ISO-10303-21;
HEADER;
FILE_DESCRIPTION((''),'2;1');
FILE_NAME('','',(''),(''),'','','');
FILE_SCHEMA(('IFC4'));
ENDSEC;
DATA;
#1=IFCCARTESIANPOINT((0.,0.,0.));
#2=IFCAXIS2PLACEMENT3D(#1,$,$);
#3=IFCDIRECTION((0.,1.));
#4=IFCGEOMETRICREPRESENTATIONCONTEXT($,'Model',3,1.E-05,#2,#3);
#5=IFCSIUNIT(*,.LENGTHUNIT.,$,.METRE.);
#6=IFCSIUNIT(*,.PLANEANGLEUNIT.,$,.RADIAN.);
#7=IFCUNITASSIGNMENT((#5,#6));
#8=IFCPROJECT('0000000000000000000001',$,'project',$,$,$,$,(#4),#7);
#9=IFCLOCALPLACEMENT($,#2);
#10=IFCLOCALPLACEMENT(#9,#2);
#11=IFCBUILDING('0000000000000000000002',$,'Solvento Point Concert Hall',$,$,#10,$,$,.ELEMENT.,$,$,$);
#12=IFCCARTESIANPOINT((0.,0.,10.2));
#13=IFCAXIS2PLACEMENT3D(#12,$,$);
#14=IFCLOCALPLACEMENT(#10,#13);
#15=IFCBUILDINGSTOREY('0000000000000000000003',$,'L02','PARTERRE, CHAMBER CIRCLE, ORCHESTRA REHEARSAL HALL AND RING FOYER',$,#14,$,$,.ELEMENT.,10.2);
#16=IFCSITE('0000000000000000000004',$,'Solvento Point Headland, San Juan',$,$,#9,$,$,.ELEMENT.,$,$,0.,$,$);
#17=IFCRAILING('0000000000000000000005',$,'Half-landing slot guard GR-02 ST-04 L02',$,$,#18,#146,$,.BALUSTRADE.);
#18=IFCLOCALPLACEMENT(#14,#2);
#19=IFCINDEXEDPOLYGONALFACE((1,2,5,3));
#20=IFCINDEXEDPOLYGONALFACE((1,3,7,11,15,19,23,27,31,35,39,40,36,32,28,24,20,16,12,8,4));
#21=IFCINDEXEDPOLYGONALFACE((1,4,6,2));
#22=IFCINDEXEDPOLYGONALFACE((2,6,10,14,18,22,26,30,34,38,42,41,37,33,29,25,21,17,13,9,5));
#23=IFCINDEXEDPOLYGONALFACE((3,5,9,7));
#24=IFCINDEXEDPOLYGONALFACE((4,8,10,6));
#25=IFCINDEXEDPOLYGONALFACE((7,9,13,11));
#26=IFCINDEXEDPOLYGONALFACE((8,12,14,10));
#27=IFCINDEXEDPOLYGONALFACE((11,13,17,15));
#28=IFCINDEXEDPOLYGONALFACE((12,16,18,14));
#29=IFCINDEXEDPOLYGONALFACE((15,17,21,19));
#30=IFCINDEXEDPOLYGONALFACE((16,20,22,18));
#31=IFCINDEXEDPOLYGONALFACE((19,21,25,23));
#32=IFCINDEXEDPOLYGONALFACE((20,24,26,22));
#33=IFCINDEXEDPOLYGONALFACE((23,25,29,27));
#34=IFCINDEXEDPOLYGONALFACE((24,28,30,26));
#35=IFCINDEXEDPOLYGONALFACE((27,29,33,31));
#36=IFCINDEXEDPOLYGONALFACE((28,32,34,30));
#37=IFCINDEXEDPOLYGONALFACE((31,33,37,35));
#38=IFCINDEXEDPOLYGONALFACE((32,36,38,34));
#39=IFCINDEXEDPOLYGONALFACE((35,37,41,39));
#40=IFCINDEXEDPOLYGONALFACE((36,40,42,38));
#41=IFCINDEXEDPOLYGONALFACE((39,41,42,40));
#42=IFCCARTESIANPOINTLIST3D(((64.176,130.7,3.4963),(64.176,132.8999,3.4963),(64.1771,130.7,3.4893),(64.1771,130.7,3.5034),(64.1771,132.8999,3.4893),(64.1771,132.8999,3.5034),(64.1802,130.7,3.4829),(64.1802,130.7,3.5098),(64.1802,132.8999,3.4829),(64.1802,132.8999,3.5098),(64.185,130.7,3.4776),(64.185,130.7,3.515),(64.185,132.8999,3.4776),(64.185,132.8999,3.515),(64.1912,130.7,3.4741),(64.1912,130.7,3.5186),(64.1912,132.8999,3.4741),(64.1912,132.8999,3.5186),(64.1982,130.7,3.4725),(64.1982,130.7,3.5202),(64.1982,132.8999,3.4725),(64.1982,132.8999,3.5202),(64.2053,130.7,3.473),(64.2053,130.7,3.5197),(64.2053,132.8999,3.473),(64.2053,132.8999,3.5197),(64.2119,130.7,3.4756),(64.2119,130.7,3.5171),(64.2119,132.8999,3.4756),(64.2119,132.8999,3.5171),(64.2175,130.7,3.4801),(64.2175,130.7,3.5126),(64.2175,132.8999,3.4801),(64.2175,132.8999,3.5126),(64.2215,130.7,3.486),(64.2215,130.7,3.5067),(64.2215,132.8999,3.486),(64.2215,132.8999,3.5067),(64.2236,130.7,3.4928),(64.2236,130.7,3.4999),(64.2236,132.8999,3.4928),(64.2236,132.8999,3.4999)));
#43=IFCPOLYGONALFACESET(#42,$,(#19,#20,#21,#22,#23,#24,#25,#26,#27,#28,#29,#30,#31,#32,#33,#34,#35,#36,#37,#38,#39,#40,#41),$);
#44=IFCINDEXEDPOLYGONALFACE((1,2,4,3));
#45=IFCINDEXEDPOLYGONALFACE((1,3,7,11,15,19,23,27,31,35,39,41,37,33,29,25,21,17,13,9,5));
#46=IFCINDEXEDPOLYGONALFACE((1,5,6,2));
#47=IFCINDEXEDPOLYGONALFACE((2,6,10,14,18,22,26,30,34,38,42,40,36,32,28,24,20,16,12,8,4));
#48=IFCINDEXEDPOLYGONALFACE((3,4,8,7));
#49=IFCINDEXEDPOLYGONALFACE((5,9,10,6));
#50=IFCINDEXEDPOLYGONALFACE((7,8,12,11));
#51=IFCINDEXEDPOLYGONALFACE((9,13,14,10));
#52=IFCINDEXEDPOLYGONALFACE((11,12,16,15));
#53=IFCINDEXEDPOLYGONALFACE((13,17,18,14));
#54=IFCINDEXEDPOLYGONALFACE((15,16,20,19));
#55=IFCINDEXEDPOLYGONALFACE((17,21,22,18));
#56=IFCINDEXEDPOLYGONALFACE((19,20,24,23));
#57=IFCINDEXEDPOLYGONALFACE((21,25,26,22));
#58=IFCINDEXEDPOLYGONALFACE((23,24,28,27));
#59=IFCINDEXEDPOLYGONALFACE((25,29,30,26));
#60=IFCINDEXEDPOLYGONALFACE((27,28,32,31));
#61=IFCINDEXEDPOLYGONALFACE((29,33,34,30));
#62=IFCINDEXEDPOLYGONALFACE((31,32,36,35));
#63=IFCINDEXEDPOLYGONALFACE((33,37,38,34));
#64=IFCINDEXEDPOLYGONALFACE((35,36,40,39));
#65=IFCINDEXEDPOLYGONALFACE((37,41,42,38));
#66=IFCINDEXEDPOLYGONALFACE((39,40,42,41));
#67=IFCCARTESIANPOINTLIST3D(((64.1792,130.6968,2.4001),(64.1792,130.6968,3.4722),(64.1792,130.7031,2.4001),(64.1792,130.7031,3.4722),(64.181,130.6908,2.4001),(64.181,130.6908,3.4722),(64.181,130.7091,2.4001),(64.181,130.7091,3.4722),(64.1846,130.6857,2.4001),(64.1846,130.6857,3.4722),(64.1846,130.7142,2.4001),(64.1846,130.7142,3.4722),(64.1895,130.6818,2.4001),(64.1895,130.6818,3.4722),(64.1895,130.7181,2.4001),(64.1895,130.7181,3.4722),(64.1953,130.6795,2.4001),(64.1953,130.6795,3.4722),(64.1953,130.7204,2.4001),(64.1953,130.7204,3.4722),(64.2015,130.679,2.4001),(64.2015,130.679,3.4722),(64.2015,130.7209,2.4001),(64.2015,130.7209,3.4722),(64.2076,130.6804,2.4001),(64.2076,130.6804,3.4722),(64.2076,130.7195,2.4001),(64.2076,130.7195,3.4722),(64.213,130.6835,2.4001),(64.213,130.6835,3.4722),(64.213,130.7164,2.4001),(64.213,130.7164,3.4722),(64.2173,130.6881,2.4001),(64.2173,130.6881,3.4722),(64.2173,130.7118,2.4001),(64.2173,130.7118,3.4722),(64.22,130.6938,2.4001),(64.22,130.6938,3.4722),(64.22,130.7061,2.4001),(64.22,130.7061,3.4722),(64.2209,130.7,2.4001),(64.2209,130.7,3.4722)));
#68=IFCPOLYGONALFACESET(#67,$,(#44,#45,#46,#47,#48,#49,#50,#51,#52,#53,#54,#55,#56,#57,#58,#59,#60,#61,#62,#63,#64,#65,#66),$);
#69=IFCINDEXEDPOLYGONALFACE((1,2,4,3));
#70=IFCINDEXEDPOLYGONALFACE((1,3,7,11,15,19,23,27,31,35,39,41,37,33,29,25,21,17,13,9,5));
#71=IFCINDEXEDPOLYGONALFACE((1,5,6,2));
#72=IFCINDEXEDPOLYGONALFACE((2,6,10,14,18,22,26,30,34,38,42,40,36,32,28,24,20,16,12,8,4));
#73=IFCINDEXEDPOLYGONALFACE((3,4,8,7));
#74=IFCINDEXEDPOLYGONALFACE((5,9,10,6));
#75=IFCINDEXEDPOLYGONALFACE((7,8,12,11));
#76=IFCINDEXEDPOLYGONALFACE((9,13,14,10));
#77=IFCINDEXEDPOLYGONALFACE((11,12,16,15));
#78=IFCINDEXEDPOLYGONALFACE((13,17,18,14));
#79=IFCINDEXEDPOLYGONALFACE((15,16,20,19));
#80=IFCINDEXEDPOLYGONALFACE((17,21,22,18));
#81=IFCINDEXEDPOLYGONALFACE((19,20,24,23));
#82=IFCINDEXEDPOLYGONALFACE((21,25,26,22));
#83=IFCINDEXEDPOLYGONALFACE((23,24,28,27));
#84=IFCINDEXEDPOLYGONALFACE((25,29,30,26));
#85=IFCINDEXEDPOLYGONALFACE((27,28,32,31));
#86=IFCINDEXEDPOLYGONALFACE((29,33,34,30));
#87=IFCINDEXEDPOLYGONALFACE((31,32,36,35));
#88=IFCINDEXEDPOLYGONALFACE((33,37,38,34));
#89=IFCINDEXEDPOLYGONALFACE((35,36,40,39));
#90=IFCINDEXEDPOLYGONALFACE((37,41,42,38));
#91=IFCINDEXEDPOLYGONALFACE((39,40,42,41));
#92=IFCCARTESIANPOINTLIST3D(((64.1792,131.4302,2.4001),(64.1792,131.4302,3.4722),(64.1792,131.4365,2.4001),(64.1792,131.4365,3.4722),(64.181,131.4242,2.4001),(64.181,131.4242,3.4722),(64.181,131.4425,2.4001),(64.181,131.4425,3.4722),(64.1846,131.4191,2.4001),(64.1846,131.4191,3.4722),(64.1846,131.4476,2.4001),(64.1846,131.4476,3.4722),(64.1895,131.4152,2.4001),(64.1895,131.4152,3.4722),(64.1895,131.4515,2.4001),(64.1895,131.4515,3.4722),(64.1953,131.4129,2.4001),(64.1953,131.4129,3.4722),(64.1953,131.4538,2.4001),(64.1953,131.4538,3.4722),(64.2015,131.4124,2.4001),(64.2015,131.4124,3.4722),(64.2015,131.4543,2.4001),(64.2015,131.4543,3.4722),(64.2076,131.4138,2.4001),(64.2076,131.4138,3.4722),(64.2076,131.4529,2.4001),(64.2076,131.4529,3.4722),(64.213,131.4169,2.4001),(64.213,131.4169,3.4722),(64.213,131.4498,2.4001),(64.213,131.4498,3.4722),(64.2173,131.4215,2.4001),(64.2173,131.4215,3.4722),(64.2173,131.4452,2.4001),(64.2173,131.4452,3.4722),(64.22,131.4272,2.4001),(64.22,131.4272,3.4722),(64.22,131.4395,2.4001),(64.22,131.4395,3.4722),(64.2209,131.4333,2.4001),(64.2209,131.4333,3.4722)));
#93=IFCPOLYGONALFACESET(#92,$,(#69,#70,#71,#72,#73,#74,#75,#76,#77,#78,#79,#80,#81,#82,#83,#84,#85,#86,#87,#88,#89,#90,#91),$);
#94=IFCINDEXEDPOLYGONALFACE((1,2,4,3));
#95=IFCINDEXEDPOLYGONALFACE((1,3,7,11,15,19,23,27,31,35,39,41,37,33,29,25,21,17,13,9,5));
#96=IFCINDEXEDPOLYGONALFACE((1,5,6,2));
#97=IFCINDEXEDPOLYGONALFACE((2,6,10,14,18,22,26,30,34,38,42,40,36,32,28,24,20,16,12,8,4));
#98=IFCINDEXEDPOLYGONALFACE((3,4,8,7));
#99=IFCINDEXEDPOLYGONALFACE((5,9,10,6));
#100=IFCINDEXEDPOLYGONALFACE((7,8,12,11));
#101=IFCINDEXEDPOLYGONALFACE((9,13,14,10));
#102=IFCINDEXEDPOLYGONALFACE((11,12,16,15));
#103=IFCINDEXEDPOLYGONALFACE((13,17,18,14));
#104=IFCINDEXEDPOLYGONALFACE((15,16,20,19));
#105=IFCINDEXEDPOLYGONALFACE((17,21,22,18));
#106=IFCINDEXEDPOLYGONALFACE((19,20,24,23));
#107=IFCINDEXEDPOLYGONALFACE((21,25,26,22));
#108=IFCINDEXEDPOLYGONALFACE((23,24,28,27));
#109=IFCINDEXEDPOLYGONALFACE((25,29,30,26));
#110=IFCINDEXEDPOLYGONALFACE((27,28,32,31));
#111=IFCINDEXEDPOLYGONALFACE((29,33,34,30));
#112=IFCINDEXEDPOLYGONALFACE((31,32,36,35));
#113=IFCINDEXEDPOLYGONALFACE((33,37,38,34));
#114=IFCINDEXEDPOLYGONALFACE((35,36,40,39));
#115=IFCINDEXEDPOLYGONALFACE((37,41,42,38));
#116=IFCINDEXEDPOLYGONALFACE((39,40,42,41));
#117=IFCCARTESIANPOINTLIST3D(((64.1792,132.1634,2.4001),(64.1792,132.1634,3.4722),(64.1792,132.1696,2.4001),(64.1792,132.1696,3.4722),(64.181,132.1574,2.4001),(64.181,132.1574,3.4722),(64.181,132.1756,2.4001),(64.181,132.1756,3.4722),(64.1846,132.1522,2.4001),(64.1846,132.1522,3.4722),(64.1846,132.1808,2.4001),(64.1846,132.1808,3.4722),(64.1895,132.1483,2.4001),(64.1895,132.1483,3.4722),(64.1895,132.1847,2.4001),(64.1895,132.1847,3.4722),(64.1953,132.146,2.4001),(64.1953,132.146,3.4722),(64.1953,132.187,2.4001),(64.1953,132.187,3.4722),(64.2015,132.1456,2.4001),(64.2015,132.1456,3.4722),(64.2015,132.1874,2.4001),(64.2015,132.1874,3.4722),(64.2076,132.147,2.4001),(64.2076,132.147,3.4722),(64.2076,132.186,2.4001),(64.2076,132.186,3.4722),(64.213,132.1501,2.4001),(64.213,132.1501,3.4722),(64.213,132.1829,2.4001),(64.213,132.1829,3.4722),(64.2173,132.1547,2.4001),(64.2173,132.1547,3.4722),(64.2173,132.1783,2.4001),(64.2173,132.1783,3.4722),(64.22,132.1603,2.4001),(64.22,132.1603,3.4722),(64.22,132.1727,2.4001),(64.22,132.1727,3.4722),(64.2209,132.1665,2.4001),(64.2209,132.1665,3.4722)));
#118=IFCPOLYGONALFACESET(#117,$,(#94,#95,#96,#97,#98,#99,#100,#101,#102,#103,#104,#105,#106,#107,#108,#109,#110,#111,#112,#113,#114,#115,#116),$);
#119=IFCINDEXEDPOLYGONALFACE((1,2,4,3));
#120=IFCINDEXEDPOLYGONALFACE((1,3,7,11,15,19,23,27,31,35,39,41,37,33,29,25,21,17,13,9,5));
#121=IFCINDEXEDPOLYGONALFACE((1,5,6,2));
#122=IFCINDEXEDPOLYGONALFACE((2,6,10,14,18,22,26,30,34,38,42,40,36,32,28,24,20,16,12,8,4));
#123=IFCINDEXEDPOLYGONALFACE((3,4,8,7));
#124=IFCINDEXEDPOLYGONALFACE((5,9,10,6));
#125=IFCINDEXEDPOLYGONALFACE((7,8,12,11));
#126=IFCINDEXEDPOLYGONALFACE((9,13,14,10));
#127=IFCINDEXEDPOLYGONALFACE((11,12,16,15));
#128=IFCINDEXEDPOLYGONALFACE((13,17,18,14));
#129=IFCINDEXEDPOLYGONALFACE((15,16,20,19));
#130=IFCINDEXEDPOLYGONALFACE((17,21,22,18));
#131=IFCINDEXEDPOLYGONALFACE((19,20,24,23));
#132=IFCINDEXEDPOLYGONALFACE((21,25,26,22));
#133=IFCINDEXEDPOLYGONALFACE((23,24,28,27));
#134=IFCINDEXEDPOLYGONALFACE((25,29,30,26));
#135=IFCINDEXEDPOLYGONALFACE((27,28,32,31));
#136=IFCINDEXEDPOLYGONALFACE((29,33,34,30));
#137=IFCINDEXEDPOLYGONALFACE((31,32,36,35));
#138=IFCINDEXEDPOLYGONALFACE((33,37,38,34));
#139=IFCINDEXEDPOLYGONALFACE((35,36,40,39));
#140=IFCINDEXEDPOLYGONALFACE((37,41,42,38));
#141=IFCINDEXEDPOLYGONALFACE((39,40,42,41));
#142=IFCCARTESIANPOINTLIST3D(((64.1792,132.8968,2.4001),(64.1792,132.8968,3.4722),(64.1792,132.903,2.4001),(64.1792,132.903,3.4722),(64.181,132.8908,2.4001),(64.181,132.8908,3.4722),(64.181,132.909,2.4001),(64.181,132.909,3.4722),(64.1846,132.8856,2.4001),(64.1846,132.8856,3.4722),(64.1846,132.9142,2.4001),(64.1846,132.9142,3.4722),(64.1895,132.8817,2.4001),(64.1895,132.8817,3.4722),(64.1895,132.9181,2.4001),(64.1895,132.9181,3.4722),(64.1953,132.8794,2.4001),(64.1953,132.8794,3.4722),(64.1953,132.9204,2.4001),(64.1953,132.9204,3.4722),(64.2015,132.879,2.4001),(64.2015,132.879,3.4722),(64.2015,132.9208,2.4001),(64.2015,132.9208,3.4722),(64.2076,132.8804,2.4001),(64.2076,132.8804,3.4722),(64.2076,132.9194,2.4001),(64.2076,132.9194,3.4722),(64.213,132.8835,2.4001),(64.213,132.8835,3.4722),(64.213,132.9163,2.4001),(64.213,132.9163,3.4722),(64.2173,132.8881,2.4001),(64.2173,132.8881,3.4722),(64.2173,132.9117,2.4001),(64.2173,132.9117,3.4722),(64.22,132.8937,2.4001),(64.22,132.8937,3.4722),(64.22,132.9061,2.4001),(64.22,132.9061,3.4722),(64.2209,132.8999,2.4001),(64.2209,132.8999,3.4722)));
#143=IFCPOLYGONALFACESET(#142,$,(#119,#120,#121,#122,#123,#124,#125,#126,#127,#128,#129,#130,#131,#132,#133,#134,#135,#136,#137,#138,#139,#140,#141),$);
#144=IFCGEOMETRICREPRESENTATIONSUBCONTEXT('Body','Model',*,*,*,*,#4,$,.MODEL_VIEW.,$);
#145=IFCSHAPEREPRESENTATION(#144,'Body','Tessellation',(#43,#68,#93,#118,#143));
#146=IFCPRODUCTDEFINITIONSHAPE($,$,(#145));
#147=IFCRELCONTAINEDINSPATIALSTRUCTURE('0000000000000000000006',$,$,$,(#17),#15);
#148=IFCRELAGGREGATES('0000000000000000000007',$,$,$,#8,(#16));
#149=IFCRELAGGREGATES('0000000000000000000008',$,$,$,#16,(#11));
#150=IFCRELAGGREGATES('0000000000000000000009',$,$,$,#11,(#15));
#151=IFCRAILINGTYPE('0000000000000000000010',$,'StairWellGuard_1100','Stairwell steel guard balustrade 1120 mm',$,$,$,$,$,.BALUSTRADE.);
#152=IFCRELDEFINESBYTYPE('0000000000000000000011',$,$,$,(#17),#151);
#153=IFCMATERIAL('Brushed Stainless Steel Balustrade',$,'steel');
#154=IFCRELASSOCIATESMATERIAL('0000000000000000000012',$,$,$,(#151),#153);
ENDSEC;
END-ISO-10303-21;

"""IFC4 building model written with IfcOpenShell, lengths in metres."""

from ifc_helpers import new_model, si_unit, direction, frame, origin, origin_2d, place, context, subcontext, project, spatial, circle, extrude, material, type_object, element, save


model = new_model("IFC4")

# Units and contexts
model_context = context("Model", 3, precision=1e-05, world=origin(), true_north=direction((0.0, 1.0)))
body_context = subcontext(model_context, "Body", "Model", "MODEL_VIEW")
ifc_project = project(units=[si_unit("LENGTHUNIT", "METRE"), si_unit("PLANEANGLEUNIT", "RADIAN")], contexts=[model_context])

# Site, building, storey
site_placement = place(None, origin())
site = spatial("IfcSite", under=ifc_project, at=site_placement, Name="Solvento Point Headland, San Juan", CompositionType="ELEMENT", RefElevation=0.0)
building_placement = place(site_placement, origin())
building = spatial("IfcBuilding", under=site, at=building_placement, Name="Solvento Point Concert Hall", CompositionType="ELEMENT")
storey_placement = place(building_placement, frame((0.0, 0.0, 10.2)))
storey = spatial("IfcBuildingStorey", under=building, at=storey_placement, Name="L02", Description="PARTERRE, CHAMBER CIRCLE, ORCHESTRA REHEARSAL HALL AND RING FOYER", CompositionType="ELEMENT", Elevation=10.2)

# Railing
ifc_material_1 = material(Name="Brushed Stainless Steel Balustrade", Category="steel")
railing_type_1 = type_object("IfcRailingType", Name="StairWellGuard_1100", Description="Stairwell steel guard balustrade 1120 mm", PredefinedType="BALUSTRADE", material=ifc_material_1)
railing_1_placement = place(storey_placement, frame((64.2, 130.7, 2.4001)))
element("IfcRailing", 1, at=railing_1_placement, inside=storey, type_object=railing_type_1, Name="Half-landing slot guard GR-02 ST-04 L02", PredefinedType="BALUSTRADE", context=body_context, shape_type="SweptSolid", body=[
    extrude(circle(Radius=0.0239, at=origin_2d()), frame((0.0, 0.0, 1.0962), z_axis=(0.0, 1.0, 0.0), x_axis=(-1.0, 0.0, 0.0)), (0.0, 0.0, 1.0), 2.2),
    extrude(circle(Radius=0.021, at=origin_2d()), origin(), (0.0, 0.0, 1.0), 1.072),
    extrude(circle(Radius=0.021, at=origin_2d()), frame((0.0, 0.7334, 0.0)), (0.0, 0.0, 1.0), 1.072),
    extrude(circle(Radius=0.021, at=origin_2d()), frame((0.0, 1.4666, 0.0)), (0.0, 0.0, 1.0), 1.072),
    extrude(circle(Radius=0.021, at=origin_2d()), frame((0.0, 2.2, 0.0)), (0.0, 0.0, 1.0), 1.072),
])

save(model, "model.ifc")
